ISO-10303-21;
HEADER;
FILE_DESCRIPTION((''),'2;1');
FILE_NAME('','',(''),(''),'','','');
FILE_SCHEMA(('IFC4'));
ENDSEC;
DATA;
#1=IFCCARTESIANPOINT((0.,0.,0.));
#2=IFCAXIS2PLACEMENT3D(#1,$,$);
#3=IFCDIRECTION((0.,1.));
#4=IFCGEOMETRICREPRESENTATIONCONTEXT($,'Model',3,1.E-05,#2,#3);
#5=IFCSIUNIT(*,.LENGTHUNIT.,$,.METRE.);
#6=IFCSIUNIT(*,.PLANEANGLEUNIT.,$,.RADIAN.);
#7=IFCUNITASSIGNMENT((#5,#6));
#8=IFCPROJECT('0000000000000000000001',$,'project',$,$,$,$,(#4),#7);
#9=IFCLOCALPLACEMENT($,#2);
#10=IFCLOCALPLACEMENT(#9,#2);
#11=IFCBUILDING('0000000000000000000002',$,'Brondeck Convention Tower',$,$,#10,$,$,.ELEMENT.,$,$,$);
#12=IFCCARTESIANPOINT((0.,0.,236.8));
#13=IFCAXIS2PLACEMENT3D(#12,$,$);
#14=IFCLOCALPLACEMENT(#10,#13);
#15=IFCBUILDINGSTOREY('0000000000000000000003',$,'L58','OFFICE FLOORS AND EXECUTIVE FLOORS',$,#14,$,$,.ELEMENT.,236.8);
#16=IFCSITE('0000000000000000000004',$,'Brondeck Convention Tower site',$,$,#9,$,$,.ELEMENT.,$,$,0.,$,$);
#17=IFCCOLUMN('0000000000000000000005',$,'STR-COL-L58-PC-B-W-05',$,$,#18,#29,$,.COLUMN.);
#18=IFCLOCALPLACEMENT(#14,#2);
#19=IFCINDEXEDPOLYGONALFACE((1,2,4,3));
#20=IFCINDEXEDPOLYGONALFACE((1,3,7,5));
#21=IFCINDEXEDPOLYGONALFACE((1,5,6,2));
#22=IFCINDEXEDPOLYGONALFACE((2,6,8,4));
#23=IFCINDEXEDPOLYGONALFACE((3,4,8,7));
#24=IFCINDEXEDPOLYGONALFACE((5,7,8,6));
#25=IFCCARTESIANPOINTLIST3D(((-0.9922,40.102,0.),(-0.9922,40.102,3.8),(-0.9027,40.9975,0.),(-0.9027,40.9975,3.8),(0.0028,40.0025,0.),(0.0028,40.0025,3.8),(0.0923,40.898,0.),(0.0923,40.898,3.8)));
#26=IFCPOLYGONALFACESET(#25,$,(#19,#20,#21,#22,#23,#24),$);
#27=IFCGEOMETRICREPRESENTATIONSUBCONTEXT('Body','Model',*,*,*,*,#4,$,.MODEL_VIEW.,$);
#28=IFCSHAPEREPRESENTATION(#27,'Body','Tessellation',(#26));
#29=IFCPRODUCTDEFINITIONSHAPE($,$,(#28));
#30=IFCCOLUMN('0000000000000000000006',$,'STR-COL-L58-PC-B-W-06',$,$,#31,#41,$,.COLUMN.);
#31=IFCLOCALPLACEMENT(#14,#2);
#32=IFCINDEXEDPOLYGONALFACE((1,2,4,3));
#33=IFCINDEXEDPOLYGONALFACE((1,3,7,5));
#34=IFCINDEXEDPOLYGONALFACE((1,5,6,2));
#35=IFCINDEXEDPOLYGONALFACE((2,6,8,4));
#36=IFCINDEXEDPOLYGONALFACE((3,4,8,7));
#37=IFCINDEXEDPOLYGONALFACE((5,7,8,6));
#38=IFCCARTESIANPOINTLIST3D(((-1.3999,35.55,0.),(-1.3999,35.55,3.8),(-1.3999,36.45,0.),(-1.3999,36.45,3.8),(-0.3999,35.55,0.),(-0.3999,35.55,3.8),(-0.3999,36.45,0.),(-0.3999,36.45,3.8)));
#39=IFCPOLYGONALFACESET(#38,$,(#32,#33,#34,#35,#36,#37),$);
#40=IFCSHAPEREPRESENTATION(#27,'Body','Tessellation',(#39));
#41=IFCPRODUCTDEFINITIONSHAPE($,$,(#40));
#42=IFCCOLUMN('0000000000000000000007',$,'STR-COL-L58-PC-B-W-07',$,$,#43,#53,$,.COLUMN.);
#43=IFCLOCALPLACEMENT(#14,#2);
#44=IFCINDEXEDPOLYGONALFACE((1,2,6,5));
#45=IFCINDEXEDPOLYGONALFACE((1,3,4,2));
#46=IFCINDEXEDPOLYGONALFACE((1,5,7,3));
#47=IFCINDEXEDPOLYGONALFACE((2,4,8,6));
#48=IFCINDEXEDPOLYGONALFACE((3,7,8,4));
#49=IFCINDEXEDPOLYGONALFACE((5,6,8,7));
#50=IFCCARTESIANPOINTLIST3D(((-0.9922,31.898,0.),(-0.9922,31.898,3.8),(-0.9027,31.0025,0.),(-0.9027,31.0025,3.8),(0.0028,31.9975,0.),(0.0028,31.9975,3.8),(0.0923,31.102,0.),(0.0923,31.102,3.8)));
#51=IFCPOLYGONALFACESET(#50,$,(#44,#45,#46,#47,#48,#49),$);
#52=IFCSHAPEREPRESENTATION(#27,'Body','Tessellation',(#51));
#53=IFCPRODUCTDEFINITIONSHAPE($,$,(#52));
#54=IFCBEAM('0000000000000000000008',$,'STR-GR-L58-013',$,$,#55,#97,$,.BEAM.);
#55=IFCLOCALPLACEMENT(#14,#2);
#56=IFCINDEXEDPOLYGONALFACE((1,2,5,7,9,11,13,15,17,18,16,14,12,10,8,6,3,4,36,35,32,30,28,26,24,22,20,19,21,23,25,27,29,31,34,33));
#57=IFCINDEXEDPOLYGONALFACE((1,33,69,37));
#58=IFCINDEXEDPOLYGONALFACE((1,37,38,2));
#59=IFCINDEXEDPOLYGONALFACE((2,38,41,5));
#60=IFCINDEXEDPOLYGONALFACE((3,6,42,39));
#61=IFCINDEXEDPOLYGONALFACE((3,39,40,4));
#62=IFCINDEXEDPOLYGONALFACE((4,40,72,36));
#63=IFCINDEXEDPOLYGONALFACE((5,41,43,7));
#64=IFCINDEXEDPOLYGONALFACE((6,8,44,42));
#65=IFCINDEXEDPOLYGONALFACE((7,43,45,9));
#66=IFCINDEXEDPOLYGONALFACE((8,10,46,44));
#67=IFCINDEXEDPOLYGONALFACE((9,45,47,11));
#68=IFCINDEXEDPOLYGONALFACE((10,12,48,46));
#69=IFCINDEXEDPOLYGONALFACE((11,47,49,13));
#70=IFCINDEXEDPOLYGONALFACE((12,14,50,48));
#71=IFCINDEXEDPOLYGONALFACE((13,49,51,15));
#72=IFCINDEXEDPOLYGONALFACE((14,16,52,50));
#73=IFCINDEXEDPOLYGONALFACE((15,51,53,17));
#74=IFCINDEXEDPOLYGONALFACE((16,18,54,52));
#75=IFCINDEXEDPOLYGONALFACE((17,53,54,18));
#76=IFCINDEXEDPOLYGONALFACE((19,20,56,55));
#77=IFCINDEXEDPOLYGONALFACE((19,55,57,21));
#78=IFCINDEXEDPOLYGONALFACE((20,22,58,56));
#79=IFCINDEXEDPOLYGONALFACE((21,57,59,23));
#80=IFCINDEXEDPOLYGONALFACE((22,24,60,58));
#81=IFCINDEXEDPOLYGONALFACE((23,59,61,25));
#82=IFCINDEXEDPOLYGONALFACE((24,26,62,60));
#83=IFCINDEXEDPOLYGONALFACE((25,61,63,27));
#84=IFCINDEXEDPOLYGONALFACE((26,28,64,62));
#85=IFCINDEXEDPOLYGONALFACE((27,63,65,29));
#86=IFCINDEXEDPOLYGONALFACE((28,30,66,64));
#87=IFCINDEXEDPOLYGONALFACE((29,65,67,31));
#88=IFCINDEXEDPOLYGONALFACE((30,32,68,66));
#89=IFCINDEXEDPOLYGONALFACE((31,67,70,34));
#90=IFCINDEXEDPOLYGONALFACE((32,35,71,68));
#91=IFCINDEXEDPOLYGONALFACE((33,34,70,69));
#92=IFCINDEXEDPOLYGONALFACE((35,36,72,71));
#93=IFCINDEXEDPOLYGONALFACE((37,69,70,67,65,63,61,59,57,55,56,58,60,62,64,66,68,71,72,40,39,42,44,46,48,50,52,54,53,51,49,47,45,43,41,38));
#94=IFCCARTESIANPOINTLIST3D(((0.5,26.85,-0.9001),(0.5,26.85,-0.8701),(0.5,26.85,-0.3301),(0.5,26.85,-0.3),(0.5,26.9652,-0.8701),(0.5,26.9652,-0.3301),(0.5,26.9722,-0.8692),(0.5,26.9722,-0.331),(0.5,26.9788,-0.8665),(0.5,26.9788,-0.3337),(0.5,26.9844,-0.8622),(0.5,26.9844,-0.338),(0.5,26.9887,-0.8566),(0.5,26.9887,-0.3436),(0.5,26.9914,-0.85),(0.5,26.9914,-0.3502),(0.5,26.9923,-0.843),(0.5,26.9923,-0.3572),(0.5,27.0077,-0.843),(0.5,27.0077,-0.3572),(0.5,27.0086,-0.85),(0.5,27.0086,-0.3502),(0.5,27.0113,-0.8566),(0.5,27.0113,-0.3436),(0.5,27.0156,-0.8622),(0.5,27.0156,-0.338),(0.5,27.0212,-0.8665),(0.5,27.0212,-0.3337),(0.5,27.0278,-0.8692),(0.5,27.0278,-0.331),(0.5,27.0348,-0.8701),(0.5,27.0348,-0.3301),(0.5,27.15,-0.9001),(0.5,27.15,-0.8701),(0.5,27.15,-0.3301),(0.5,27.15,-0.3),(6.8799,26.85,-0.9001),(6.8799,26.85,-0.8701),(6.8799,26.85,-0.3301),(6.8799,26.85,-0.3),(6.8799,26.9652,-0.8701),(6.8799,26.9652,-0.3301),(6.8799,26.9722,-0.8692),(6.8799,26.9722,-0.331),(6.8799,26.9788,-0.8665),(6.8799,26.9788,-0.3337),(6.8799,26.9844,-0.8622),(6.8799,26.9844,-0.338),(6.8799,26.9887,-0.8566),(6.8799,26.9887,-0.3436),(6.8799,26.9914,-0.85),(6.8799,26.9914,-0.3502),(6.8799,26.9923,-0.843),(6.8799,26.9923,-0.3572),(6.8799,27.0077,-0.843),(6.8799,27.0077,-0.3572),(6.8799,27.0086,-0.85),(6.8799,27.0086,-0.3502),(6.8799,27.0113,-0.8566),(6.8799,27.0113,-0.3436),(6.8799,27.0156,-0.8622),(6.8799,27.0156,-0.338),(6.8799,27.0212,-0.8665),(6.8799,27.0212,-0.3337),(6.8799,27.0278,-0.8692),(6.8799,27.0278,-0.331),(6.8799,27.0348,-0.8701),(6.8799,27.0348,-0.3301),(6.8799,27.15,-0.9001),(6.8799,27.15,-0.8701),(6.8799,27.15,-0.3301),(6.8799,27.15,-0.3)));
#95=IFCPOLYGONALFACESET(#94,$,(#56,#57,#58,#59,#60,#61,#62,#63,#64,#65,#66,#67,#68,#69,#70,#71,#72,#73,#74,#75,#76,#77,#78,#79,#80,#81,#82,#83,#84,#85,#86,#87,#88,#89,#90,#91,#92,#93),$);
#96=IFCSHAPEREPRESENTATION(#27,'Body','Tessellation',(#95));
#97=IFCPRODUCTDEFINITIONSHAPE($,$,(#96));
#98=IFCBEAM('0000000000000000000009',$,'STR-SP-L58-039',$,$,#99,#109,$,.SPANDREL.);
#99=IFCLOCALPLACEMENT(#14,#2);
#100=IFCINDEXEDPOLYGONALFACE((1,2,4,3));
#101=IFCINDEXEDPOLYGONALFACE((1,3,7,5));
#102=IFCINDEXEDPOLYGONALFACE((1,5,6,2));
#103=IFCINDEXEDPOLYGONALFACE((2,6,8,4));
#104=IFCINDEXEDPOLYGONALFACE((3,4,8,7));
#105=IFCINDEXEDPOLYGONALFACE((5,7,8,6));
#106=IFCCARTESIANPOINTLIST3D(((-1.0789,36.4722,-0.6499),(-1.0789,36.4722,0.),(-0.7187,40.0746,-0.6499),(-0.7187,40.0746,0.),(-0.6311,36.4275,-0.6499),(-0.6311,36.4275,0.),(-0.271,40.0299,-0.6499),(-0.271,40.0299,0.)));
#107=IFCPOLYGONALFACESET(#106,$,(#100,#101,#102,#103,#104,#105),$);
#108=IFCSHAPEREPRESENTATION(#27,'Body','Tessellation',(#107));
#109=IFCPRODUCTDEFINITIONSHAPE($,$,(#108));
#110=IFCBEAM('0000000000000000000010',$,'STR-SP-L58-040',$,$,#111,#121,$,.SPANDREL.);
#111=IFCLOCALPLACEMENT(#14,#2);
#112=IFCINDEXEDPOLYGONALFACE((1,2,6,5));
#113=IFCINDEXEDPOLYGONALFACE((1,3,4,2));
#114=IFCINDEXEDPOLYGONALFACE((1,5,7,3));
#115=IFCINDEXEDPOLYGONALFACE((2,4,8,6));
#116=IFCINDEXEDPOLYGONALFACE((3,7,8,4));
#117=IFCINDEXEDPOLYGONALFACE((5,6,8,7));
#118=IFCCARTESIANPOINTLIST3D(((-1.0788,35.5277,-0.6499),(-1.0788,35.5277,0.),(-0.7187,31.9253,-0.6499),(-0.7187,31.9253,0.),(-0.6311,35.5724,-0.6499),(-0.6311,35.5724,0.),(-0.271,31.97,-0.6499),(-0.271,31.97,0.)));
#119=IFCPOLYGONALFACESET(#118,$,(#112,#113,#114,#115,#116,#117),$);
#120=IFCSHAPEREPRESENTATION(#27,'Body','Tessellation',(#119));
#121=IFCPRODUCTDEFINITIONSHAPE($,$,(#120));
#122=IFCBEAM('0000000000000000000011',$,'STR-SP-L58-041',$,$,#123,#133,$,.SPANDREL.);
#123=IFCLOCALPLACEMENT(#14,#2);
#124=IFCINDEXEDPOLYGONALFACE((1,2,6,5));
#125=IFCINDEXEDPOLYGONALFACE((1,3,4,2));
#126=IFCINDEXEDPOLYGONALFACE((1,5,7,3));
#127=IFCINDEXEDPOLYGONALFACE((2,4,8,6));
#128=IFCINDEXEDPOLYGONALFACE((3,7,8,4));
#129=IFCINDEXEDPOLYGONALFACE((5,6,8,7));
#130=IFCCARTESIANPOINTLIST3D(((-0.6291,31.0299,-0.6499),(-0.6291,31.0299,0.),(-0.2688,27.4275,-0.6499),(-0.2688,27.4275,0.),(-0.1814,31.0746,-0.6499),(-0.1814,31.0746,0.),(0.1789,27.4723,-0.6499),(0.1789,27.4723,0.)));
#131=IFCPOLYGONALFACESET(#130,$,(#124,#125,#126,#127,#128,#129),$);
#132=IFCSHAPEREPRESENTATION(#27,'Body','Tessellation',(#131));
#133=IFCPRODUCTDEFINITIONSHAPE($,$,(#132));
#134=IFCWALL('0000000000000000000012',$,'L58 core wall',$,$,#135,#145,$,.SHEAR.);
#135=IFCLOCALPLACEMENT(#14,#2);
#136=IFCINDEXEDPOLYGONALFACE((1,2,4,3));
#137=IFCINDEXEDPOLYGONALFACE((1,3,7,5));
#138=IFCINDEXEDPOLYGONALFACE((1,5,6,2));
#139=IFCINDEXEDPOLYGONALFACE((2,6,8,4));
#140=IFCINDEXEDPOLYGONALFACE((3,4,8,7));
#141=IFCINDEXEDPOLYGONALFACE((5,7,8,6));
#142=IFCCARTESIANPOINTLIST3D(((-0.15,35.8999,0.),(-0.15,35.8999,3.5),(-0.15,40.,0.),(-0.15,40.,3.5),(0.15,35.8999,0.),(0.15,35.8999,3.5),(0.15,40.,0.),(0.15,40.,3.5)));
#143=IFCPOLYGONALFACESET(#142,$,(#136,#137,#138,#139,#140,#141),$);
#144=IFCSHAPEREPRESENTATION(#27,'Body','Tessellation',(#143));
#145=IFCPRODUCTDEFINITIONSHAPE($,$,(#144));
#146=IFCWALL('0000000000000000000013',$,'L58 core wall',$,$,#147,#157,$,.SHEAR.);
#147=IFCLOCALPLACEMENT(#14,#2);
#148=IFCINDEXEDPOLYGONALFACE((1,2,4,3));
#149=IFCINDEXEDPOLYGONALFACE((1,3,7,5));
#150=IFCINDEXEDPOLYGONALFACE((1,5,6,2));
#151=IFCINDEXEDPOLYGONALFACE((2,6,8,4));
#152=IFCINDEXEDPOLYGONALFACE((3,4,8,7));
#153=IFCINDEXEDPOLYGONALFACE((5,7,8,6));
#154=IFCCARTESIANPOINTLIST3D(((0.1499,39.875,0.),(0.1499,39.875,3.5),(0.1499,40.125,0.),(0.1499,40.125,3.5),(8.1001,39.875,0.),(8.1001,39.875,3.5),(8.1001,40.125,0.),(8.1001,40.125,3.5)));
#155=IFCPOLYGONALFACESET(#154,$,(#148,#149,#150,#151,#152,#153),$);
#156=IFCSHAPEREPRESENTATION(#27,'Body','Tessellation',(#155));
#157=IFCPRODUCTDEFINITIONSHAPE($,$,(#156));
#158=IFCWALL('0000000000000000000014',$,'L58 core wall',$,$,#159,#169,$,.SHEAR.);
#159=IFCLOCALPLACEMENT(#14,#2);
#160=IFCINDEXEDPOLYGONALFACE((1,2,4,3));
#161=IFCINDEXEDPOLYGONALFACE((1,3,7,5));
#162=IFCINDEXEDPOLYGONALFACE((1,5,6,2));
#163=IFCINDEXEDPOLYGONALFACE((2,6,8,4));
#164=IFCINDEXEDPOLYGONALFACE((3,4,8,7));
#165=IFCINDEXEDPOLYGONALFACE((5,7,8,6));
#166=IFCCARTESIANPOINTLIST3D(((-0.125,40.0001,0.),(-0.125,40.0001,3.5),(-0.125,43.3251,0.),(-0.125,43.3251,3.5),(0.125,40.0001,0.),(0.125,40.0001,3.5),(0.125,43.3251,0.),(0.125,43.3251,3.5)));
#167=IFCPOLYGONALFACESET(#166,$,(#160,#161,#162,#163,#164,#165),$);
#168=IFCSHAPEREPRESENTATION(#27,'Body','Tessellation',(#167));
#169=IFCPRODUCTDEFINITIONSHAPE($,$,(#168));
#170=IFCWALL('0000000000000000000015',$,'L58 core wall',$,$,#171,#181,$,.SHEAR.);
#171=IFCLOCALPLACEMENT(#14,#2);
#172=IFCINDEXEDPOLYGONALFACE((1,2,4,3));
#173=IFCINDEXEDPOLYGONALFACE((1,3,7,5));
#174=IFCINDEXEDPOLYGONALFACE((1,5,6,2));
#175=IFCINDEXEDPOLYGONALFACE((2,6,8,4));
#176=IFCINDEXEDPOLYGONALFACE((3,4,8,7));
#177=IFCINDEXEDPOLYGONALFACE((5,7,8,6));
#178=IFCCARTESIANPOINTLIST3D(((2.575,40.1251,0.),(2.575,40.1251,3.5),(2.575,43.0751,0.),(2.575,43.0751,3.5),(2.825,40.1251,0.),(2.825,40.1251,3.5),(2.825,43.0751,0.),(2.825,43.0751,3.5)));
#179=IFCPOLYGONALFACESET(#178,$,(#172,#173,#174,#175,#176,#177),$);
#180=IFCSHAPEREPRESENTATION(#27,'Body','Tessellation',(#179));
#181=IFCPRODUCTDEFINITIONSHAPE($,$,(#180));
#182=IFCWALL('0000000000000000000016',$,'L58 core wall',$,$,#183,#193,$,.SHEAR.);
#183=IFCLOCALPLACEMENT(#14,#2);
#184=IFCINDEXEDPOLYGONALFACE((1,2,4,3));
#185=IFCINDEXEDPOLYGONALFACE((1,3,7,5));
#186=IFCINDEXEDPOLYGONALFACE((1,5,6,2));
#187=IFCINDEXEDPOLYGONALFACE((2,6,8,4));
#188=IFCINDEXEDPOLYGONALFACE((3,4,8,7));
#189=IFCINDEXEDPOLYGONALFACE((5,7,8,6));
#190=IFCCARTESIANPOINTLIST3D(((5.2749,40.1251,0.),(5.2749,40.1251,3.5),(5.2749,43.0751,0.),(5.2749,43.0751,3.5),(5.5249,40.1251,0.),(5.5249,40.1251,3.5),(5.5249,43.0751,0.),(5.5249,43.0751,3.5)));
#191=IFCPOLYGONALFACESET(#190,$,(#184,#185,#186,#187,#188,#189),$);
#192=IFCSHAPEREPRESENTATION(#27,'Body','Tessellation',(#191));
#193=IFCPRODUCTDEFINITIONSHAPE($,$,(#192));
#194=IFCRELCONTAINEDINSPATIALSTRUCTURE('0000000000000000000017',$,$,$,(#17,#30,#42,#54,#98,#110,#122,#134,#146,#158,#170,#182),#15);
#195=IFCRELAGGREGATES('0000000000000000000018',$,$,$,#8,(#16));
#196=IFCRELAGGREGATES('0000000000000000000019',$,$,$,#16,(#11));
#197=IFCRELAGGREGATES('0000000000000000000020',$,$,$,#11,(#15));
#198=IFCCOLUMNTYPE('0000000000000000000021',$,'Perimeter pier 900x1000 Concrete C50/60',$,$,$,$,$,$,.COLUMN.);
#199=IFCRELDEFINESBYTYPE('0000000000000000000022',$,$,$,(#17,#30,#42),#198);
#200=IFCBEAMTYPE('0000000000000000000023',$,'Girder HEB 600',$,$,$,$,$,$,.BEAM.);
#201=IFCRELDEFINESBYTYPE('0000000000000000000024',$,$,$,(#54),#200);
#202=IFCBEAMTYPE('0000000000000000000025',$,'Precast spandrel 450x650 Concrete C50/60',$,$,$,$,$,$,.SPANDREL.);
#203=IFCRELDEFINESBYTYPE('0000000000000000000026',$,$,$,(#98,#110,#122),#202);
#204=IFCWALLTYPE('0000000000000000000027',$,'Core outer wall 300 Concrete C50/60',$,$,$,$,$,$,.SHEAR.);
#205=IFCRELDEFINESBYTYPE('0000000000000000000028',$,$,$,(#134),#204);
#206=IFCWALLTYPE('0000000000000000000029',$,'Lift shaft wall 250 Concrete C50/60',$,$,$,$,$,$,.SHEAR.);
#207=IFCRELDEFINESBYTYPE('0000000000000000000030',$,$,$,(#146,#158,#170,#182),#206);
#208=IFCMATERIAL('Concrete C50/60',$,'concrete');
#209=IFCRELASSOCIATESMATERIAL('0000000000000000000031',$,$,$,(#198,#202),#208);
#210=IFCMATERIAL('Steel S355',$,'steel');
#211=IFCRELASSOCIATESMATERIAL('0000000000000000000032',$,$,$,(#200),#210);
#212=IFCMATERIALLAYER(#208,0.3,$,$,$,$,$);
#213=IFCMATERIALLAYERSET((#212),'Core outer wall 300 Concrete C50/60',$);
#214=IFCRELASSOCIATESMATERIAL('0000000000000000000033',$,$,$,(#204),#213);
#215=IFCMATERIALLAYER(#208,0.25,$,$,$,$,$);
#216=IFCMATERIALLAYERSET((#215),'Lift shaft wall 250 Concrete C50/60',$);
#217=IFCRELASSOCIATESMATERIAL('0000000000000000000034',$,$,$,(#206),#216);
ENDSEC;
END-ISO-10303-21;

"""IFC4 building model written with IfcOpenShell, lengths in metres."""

from ifc_helpers import new_model, si_unit, direction, frame, frame_2d, origin, origin_2d, place, context, subcontext, project, spatial, rectangle, i_section, extrude, material, layer, layer_set, material_profile, profile_set, type_object, element, save


model = new_model("IFC4")

# Units and contexts
model_context = context("Model", 3, precision=1e-05, world=origin(), true_north=direction((0.0, 1.0)))
body_context = subcontext(model_context, "Body", "Model", "MODEL_VIEW")
ifc_project = project(units=[si_unit("LENGTHUNIT", "METRE"), si_unit("PLANEANGLEUNIT", "RADIAN")], contexts=[model_context])

# Site, building, storey
site_placement = place(None, origin())
site = spatial("IfcSite", under=ifc_project, at=site_placement, Name="Brondeck Convention Tower site", CompositionType="ELEMENT", RefElevation=0.0)
building_placement = place(site_placement, origin())
building = spatial("IfcBuilding", under=site, at=building_placement, Name="Brondeck Convention Tower", CompositionType="ELEMENT")
storey_placement = place(building_placement, frame((0.0, 0.0, 236.8)))
storey = spatial("IfcBuildingStorey", under=building, at=storey_placement, Name="L58", Description="OFFICE FLOORS AND EXECUTIVE FLOORS", CompositionType="ELEMENT", Elevation=236.8)

# Columns
ifc_material_1 = material(Name="Concrete C50/60", Category="concrete")
ifc_material_profile_1 = material_profile(ifc_material_1, rectangle(XDim=0.8999, YDim=1.0, at=origin_2d()), Name="Perimeter pier 900x1000 Concrete C50/60")
ifc_profile_set_1 = profile_set([ifc_material_profile_1], Name="Concrete C50/60")
column_type = type_object("IfcColumnType", Name="Perimeter pier 900x1000 Concrete C50/60", PredefinedType="COLUMN", material=ifc_profile_set_1)
for number, where, z_axis, x_axis, name in (
    (1, (-0.45, 40.5, 0.0), (0.0, 0.0, 1.0), (-0.099504, -0.995037, 0.0), "STR-COL-L58-PC-B-W-05"),
    (2, (-0.8999, 36.0, 0.0), (0.0, 0.0, 1.0), (0.0, -1.0, 0.0), "STR-COL-L58-PC-B-W-06"),
    (3, (-0.45, 31.5, 0.0), (0.0, 0.0, 1.0), (0.099504, -0.995037, 0.0), "STR-COL-L58-PC-B-W-07"),
):
    element("IfcColumn", number, at=place(storey_placement, frame(where, z_axis=z_axis, x_axis=x_axis)), inside=storey, type_object=column_type, Name=name, PredefinedType="COLUMN", context=body_context, shape_type="SweptSolid", body=[
        extrude(rectangle(XDim=0.8999, YDim=1.0, at=origin_2d()), origin(), (0.0, 0.0, 1.0), 3.8),
    ])

# Beams
ifc_material_2 = material(Name="Steel S355", Category="steel")
ifc_material_profile_2 = material_profile(ifc_material_2, i_section(OverallWidth=0.3, OverallDepth=0.6001, WebThickness=0.0154, FlangeThickness=0.03, FilletRadius=0.0271, at=origin_2d()), Name="HEB 600")
ifc_profile_set_2 = profile_set([ifc_material_profile_2], Name="Steel S355")
beam_type_1 = type_object("IfcBeamType", Name="Girder HEB 600", PredefinedType="BEAM", material=ifc_profile_set_2)
beam_placement = place(storey_placement, frame((0.5, 27.0, -0.6001), z_axis=(1.0, 0.0, 0.0), x_axis=(0.0, 1.0, 0.0)))
element("IfcBeam", 4, at=beam_placement, inside=storey, type_object=beam_type_1, Name="STR-GR-L58-013", PredefinedType="BEAM", context=body_context, shape_type="SweptSolid", body=[
    extrude(i_section(OverallWidth=0.3, OverallDepth=0.6001, WebThickness=0.0154, FlangeThickness=0.03, FilletRadius=0.0271, at=origin_2d()), origin(), (0.0, 0.0, 1.0), 6.3799),
])
ifc_material_profile_3 = material_profile(ifc_material_1, rectangle(XDim=0.45, YDim=0.6499, at=origin_2d()), Name="Precast spandrel 450x650 Concrete C50/60")
ifc_profile_set_3 = profile_set([ifc_material_profile_3], Name="Concrete C50/60")
beam_type_2 = type_object("IfcBeamType", Name="Precast spandrel 450x650 Concrete C50/60", PredefinedType="SPANDREL", material=ifc_profile_set_3)
for number, where, z_axis, x_axis, name in (
    (5, (-0.4949, 40.0522, -0.325), (-0.09947, -0.995041, 0.0), (0.995041, -0.09947, 0.0), "STR-SP-L58-039"),
    (6, (-0.855, 35.55, -0.325), (0.09947, -0.995041, 0.0), (0.995041, 0.09947, 0.0), "STR-SP-L58-040"),
    (7, (-0.4053, 31.0522, -0.325), (0.099537, -0.995034, 0.0), (0.995034, 0.099537, 0.0), "STR-SP-L58-041"),
):
    element("IfcBeam", number, at=place(storey_placement, frame(where, z_axis=z_axis, x_axis=x_axis)), inside=storey, type_object=beam_type_2, Name=name, PredefinedType="SPANDREL", context=body_context, shape_type="SweptSolid", body=[
        extrude(rectangle(XDim=0.45, YDim=0.6499, at=origin_2d()), origin(), (0.0, 0.0, 1.0), 3.6204),
    ])

# Walls
ifc_layer_1 = layer(ifc_material_1, 0.3)
ifc_layer_set_1 = layer_set([ifc_layer_1], Name="Core outer wall 300 Concrete C50/60")
wall_type_1 = type_object("IfcWallType", Name="Core outer wall 300 Concrete C50/60", PredefinedType="SHEAR", material=ifc_layer_set_1)
wall_1_placement = place(storey_placement, frame((0.0, 35.8999, 0.0), z_axis=(0.0, 0.0, 1.0), x_axis=(0.0, 1.0, 0.0)))
element("IfcWall", 8, at=wall_1_placement, inside=storey, type_object=wall_type_1, Name="L58 core wall", PredefinedType="SHEAR", context=body_context, shape_type="SweptSolid", body=[
    extrude(rectangle(XDim=4.1001, YDim=0.3, at=frame_2d((2.05, 0.0))), origin(), (0.0, 0.0, 1.0), 3.5),
])
ifc_layer_2 = layer(ifc_material_1, 0.25)
ifc_layer_set_2 = layer_set([ifc_layer_2], Name="Lift shaft wall 250 Concrete C50/60")
wall_type_2 = type_object("IfcWallType", Name="Lift shaft wall 250 Concrete C50/60", PredefinedType="SHEAR", material=ifc_layer_set_2)
wall_2_placement = place(storey_placement, frame((0.1499, 40.0, 0.0), z_axis=(0.0, 0.0, 1.0), x_axis=(1.0, 0.0, 0.0)))
element("IfcWall", 9, at=wall_2_placement, inside=storey, type_object=wall_type_2, Name="L58 core wall", PredefinedType="SHEAR", context=body_context, shape_type="SweptSolid", body=[
    extrude(rectangle(XDim=7.9502, YDim=0.25, at=frame_2d((3.9751, 0.0))), origin(), (0.0, 0.0, 1.0), 3.5),
])
wall_3_placement = place(storey_placement, frame((0.0, 40.0, 0.0), z_axis=(0.0, 0.0, 1.0), x_axis=(0.0, 1.0, 0.0)))
element("IfcWall", 10, at=wall_3_placement, inside=storey, type_object=wall_type_2, Name="L58 core wall", PredefinedType="SHEAR", context=body_context, shape_type="SweptSolid", body=[
    extrude(rectangle(XDim=3.325, YDim=0.25, at=frame_2d((1.6626, 0.0))), origin(), (0.0, 0.0, 1.0), 3.5),
])
for number, where, z_axis, x_axis, name in (
    (11, (2.7, 40.125, 0.0), (0.0, 0.0, 1.0), (0.0, 1.0, 0.0), "L58 core wall"),
    (12, (5.3999, 40.125, 0.0), (0.0, 0.0, 1.0), (0.0, 1.0, 0.0), "L58 core wall"),
):
    element("IfcWall", number, at=place(storey_placement, frame(where, z_axis=z_axis, x_axis=x_axis)), inside=storey, type_object=wall_type_2, Name=name, PredefinedType="SHEAR", context=body_context, shape_type="SweptSolid", body=[
        extrude(rectangle(XDim=2.95, YDim=0.25, at=frame_2d((1.4751, 0.0))), origin(), (0.0, 0.0, 1.0), 3.5),
    ])

save(model, "model.ifc")
